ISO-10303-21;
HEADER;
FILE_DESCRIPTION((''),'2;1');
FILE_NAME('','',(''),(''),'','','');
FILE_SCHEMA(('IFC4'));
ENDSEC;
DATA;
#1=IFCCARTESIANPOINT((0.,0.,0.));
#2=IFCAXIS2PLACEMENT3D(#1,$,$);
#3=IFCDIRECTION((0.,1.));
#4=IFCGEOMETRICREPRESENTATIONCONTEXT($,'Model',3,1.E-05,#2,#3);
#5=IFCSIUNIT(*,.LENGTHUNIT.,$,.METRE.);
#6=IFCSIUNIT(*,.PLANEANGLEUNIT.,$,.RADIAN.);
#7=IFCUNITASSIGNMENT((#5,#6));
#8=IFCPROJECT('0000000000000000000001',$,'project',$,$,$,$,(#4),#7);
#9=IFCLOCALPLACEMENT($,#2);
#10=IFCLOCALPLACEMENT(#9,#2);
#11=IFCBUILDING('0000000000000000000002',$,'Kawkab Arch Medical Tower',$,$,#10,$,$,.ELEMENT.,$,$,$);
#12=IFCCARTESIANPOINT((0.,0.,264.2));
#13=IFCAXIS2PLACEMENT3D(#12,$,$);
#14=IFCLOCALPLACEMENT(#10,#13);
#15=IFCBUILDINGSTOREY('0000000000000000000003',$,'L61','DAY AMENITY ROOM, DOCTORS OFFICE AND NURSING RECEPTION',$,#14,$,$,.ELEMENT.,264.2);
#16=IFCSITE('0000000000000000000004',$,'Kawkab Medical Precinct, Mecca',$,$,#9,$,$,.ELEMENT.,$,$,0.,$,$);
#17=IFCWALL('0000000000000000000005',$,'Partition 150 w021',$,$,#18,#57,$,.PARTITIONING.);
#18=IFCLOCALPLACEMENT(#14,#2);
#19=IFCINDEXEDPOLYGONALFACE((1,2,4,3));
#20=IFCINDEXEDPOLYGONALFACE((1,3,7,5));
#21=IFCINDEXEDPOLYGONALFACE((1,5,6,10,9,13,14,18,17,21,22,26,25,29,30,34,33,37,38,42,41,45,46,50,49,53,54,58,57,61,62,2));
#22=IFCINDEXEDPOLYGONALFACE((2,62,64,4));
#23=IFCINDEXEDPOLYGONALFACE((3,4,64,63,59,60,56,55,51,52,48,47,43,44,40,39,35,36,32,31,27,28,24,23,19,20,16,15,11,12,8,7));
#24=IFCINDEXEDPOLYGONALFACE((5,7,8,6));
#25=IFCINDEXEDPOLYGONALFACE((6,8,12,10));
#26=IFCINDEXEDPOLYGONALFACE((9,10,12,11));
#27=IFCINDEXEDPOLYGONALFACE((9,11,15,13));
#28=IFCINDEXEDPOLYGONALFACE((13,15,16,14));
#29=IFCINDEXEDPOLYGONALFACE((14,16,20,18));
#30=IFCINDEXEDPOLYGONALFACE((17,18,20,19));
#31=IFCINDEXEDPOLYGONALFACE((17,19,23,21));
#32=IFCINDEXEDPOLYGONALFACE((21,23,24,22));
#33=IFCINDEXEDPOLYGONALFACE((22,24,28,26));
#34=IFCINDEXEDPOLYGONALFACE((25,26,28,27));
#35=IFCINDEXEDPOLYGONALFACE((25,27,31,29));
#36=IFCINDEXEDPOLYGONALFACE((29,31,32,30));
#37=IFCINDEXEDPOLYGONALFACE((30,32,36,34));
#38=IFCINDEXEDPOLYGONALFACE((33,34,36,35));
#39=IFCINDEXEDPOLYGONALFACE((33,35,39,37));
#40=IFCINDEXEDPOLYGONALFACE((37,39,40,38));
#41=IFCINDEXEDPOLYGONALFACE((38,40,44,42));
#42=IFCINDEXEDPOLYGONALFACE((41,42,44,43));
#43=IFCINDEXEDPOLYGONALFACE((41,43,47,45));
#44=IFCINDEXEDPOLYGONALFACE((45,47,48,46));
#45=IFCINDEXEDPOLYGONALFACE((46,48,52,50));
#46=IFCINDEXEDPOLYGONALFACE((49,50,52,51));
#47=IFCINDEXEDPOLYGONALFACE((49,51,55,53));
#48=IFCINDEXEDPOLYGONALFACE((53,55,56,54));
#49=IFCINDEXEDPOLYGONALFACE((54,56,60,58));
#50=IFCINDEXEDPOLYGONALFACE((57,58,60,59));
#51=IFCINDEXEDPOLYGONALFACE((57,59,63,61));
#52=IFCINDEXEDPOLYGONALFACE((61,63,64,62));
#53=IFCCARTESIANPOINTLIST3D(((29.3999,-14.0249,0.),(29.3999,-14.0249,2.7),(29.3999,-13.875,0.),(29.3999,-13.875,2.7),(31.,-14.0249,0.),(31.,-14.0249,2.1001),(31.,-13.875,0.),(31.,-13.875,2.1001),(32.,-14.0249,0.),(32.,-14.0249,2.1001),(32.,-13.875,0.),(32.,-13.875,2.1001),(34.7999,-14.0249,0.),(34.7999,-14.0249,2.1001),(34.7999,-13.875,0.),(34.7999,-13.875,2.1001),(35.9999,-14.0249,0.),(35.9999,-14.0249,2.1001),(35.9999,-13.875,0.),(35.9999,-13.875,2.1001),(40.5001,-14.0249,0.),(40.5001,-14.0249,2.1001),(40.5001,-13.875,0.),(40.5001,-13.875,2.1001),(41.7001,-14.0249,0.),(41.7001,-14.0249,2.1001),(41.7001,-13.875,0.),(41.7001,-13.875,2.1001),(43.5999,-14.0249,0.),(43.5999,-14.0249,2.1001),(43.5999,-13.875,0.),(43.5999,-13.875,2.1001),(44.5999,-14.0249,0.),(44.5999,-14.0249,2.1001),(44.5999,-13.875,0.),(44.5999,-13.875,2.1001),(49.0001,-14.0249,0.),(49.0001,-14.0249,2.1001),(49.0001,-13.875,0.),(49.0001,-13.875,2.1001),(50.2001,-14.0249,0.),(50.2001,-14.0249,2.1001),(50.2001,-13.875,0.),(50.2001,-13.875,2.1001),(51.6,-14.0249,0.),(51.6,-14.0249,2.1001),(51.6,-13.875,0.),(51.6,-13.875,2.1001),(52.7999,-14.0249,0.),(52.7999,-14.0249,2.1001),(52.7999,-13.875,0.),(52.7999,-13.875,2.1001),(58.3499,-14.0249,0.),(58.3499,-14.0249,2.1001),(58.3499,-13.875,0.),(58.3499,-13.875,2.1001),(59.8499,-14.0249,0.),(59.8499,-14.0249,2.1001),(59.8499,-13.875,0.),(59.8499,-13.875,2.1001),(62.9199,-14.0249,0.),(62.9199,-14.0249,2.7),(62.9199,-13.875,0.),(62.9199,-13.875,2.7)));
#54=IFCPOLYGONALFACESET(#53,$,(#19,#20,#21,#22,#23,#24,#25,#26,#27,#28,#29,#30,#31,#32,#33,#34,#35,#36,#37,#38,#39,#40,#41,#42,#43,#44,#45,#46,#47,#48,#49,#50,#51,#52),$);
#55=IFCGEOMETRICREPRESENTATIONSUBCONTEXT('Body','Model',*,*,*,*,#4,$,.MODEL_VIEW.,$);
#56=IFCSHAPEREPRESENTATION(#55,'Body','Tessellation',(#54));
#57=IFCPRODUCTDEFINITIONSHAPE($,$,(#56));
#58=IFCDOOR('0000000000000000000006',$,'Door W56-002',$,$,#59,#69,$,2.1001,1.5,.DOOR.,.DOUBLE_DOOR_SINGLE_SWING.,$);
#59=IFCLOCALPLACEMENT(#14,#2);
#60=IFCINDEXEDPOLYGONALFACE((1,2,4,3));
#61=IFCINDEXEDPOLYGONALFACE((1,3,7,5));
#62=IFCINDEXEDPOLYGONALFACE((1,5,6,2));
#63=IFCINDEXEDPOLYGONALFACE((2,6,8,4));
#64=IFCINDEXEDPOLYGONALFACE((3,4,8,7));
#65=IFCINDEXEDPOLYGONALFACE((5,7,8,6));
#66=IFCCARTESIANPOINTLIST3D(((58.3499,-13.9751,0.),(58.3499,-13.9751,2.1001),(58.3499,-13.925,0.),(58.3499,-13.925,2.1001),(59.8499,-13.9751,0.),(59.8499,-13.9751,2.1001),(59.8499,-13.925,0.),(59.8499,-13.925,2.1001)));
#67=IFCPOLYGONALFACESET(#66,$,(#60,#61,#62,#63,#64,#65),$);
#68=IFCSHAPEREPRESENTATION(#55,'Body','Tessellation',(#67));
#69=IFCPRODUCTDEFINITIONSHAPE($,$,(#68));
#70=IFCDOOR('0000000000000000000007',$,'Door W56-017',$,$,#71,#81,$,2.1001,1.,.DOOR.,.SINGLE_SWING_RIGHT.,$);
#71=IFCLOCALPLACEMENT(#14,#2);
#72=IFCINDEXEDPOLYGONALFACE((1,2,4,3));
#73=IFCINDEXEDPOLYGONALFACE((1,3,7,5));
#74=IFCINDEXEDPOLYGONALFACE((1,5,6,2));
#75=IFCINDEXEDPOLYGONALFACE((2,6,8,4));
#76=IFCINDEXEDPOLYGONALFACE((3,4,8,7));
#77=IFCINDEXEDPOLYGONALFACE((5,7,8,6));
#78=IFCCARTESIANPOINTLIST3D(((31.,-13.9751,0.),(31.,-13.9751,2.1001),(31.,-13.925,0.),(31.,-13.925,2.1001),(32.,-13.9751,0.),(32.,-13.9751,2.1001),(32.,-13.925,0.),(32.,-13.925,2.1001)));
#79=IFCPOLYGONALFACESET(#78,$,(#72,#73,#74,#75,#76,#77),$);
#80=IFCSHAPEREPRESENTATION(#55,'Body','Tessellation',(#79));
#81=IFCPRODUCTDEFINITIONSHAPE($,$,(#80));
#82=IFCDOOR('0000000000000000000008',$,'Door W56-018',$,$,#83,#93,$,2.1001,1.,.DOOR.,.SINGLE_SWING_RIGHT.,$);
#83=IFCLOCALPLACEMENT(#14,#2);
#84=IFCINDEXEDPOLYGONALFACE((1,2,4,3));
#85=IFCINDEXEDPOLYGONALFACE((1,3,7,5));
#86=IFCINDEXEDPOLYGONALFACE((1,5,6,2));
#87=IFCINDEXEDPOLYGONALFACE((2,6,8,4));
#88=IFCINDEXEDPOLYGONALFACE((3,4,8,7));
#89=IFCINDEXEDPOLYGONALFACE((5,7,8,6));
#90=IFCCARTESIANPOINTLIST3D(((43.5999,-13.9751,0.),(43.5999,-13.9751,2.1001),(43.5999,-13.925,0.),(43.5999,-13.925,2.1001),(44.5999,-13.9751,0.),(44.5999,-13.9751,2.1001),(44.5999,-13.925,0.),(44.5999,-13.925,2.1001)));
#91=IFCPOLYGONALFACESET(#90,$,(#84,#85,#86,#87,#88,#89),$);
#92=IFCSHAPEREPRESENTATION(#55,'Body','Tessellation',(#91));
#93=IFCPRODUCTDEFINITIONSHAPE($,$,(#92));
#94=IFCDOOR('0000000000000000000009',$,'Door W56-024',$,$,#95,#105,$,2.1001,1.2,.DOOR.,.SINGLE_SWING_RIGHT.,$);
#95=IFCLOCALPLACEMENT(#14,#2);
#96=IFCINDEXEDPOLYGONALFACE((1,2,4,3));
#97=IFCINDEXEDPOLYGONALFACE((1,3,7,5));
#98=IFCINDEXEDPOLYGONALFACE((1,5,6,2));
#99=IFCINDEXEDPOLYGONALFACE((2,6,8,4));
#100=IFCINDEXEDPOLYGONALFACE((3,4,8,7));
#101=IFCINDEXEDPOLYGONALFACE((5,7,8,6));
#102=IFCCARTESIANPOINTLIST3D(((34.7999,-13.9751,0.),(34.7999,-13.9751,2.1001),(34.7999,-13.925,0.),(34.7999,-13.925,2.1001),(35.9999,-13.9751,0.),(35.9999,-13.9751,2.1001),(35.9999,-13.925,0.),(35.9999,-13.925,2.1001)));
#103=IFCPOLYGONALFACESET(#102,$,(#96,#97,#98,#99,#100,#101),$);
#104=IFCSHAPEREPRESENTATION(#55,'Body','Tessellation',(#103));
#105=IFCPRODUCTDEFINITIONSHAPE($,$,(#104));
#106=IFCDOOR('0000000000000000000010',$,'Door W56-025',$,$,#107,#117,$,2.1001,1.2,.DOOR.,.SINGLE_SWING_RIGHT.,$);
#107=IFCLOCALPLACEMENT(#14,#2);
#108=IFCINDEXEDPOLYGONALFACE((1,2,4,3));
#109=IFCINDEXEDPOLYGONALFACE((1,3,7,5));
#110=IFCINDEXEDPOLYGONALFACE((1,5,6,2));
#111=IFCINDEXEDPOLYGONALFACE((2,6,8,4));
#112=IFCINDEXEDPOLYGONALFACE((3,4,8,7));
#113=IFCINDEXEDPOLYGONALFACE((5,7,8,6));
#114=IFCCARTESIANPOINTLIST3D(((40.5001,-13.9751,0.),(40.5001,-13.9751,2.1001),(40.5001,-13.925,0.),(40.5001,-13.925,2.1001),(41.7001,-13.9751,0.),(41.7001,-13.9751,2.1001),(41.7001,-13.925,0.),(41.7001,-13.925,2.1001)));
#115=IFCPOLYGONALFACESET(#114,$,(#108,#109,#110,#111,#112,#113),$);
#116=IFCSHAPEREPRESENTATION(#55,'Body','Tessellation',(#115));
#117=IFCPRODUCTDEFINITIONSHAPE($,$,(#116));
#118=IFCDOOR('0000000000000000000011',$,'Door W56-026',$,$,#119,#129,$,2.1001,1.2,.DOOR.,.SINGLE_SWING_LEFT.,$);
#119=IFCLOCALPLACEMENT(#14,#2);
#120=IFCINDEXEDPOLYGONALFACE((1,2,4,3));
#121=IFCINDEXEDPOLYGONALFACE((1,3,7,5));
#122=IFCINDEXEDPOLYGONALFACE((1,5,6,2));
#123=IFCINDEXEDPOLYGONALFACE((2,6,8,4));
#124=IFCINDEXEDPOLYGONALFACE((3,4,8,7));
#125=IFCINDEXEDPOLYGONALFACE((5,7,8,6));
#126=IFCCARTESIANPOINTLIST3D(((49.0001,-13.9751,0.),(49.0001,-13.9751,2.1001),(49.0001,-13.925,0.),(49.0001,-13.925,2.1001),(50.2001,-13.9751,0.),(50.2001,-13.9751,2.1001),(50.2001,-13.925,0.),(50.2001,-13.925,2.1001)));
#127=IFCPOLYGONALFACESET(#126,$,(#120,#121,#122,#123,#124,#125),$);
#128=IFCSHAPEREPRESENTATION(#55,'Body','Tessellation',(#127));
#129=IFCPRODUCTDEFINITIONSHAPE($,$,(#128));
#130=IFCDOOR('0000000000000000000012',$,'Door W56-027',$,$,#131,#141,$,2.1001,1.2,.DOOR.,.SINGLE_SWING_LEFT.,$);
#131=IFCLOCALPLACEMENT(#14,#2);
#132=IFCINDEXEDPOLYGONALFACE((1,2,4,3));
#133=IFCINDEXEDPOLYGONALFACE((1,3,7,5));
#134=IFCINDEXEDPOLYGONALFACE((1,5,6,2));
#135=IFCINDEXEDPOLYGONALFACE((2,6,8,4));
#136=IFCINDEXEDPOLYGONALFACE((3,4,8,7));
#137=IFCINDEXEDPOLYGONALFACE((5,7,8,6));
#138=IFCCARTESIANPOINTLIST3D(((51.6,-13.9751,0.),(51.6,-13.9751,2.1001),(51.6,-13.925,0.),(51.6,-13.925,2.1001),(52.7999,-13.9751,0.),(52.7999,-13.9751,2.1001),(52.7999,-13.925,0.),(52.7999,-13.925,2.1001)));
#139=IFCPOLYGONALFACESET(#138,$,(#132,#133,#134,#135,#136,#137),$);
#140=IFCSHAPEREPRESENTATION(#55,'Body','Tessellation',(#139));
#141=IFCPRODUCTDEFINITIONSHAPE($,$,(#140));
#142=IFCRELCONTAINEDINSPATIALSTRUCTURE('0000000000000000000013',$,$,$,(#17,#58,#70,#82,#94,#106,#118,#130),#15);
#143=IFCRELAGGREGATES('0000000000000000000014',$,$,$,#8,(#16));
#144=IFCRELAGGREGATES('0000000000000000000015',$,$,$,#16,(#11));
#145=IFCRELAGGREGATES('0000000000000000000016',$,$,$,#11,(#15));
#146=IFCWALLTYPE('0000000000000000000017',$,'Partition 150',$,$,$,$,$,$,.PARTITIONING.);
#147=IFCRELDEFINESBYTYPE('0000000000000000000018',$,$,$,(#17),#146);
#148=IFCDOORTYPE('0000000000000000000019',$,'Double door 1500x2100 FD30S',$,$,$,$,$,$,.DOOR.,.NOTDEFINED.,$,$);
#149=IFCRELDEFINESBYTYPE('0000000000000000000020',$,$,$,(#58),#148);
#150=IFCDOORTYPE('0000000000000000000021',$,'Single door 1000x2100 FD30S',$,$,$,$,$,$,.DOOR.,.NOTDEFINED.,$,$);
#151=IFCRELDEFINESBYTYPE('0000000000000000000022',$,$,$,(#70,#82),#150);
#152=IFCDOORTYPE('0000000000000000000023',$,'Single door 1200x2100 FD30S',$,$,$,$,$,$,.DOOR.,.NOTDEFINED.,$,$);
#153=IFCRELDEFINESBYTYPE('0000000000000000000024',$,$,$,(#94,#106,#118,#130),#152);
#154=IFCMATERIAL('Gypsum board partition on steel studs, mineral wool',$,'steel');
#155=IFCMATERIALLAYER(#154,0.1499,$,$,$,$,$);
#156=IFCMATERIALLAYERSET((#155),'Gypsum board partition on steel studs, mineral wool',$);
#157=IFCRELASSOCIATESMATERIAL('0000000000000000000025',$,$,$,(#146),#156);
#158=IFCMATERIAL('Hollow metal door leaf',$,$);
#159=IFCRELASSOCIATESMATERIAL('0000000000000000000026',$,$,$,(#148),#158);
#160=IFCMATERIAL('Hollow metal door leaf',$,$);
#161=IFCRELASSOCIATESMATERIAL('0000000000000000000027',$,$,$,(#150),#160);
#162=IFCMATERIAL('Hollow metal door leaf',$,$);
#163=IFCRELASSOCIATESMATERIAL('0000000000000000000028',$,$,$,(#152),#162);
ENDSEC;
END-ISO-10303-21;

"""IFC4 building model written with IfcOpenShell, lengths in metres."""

from ifc_helpers import new_model, si_unit, direction, frame, frame_2d, origin, place, context, subcontext, project, spatial, rectangle, extrude, material, layer, layer_set, type_object, element, fill, save


model = new_model("IFC4")

# Units and contexts
model_context = context("Model", 3, precision=1e-05, world=origin(), true_north=direction((0.0, 1.0)))
body_context = subcontext(model_context, "Body", "Model", "MODEL_VIEW")
ifc_project = project(units=[si_unit("LENGTHUNIT", "METRE"), si_unit("PLANEANGLEUNIT", "RADIAN")], contexts=[model_context])

# Site, building, storey
site_placement = place(None, origin())
site = spatial("IfcSite", under=ifc_project, at=site_placement, Name="Kawkab Medical Precinct, Mecca", CompositionType="ELEMENT", RefElevation=0.0)
building_placement = place(site_placement, origin())
building = spatial("IfcBuilding", under=site, at=building_placement, Name="Kawkab Arch Medical Tower", CompositionType="ELEMENT")
storey_placement = place(building_placement, frame((0.0, 0.0, 264.2)))
storey = spatial("IfcBuildingStorey", under=building, at=storey_placement, Name="L61", Description="DAY AMENITY ROOM, DOCTORS OFFICE AND NURSING RECEPTION", CompositionType="ELEMENT", Elevation=264.2)

# Wall, openings, doors
ifc_material_1 = material(Name="Gypsum board partition on steel studs, mineral wool", Category="steel")
ifc_layer_1 = layer(ifc_material_1, 0.1499)
ifc_layer_set_1 = layer_set([ifc_layer_1], Name="Gypsum board partition on steel studs, mineral wool")
wall_type = type_object("IfcWallType", Name="Partition 150", PredefinedType="PARTITIONING", material=ifc_layer_set_1)
wall_1_placement = place(storey_placement, frame((29.3999, -13.95, 0.0), z_axis=(0.0, 0.0, 1.0), x_axis=(1.0, 0.0, 0.0)))
wall_1 = element("IfcWall", 1, at=wall_1_placement, inside=storey, type_object=wall_type, Name="Partition 150 w021", PredefinedType="PARTITIONING", context=body_context, shape_type="SweptSolid", body=[
    extrude(rectangle(XDim=33.52, YDim=0.1499, at=frame_2d((16.76, 0.0))), origin(), (0.0, 0.0, 1.0), 2.7),
])
opening_1_placement = place(wall_1_placement, frame((1.6001, 0.0, 0.0)))
opening_1 = element("IfcOpeningElement", 2, at=opening_1_placement, cuts=wall_1, PredefinedType="OPENING", context=body_context, shape_type="SweptSolid", body=[
    extrude(rectangle(XDim=1.0, YDim=2.1001, at=frame_2d((0.5, 1.05))), frame((0.0, 0.085, 0.0), z_axis=(0.0, -1.0, 0.0), x_axis=(1.0, 0.0, 0.0)), (0.0, 0.0, 1.0), 0.1699),
])
opening_2_placement = place(wall_1_placement, frame((5.3999, 0.0, 0.0)))
opening_2 = element("IfcOpeningElement", 3, at=opening_2_placement, cuts=wall_1, PredefinedType="OPENING", context=body_context, shape_type="SweptSolid", body=[
    extrude(rectangle(XDim=1.2, YDim=2.1001, at=frame_2d((0.6001, 1.05))), frame((0.0, 0.085, 0.0), z_axis=(0.0, -1.0, 0.0), x_axis=(1.0, 0.0, 0.0)), (0.0, 0.0, 1.0), 0.1699),
])
opening_3_placement = place(wall_1_placement, frame((11.1001, 0.0, 0.0)))
opening_3 = element("IfcOpeningElement", 4, at=opening_3_placement, cuts=wall_1, PredefinedType="OPENING", context=body_context, shape_type="SweptSolid", body=[
    extrude(rectangle(XDim=1.2, YDim=2.1001, at=frame_2d((0.6001, 1.05))), frame((0.0, 0.085, 0.0), z_axis=(0.0, -1.0, 0.0), x_axis=(1.0, 0.0, 0.0)), (0.0, 0.0, 1.0), 0.1699),
])
opening_4_placement = place(wall_1_placement, frame((14.2, 0.0, 0.0)))
opening_4 = element("IfcOpeningElement", 5, at=opening_4_placement, cuts=wall_1, PredefinedType="OPENING", context=body_context, shape_type="SweptSolid", body=[
    extrude(rectangle(XDim=1.0, YDim=2.1001, at=frame_2d((0.5, 1.05))), frame((0.0, 0.085, 0.0), z_axis=(0.0, -1.0, 0.0), x_axis=(1.0, 0.0, 0.0)), (0.0, 0.0, 1.0), 0.1699),
])
opening_5_placement = place(wall_1_placement, frame((19.6001, 0.0, 0.0)))
opening_5 = element("IfcOpeningElement", 6, at=opening_5_placement, cuts=wall_1, PredefinedType="OPENING", context=body_context, shape_type="SweptSolid", body=[
    extrude(rectangle(XDim=1.2, YDim=2.1001, at=frame_2d((0.6001, 1.05))), frame((0.0, 0.085, 0.0), z_axis=(0.0, -1.0, 0.0), x_axis=(1.0, 0.0, 0.0)), (0.0, 0.0, 1.0), 0.1699),
])
opening_6_placement = place(wall_1_placement, frame((22.2, 0.0, 0.0)))
opening_6 = element("IfcOpeningElement", 7, at=opening_6_placement, cuts=wall_1, PredefinedType="OPENING", context=body_context, shape_type="SweptSolid", body=[
    extrude(rectangle(XDim=1.2, YDim=2.1001, at=frame_2d((0.6001, 1.05))), frame((0.0, 0.085, 0.0), z_axis=(0.0, -1.0, 0.0), x_axis=(1.0, 0.0, 0.0)), (0.0, 0.0, 1.0), 0.1699),
])
opening_7_placement = place(wall_1_placement, frame((28.95, 0.0, 0.0)))
opening_7 = element("IfcOpeningElement", 8, at=opening_7_placement, cuts=wall_1, PredefinedType="OPENING", context=body_context, shape_type="SweptSolid", body=[
    extrude(rectangle(XDim=1.5, YDim=2.1001, at=frame_2d((0.75, 1.05))), frame((0.0, 0.085, 0.0), z_axis=(0.0, -1.0, 0.0), x_axis=(1.0, 0.0, 0.0)), (0.0, 0.0, 1.0), 0.1699),
])
ifc_material_2 = material(Name="Hollow metal door leaf")
door_type_1 = type_object("IfcDoorType", Name="Double door 1500x2100 FD30S", OperationType="NOTDEFINED", PredefinedType="DOOR", material=ifc_material_2)
door_1_placement = place(opening_7_placement, origin())
door_1 = element("IfcDoor", 9, at=door_1_placement, inside=storey, type_object=door_type_1, Name="Door W56-002", OperationType="DOUBLE_DOOR_SINGLE_SWING", OverallHeight=2.1001, OverallWidth=1.5, PredefinedType="DOOR", context=body_context, shape_type="SweptSolid", body=[
    extrude(rectangle(XDim=1.5, YDim=2.1001, at=frame_2d((0.75, 1.05))), frame((0.0, 0.0249, 0.0), z_axis=(0.0, -1.0, 0.0), x_axis=(1.0, 0.0, 0.0)), (0.0, 0.0, 1.0), 0.05),
])
fill(opening_7, door_1)
ifc_material_3 = material(Name="Hollow metal door leaf")
door_type_2 = type_object("IfcDoorType", Name="Single door 1000x2100 FD30S", OperationType="NOTDEFINED", PredefinedType="DOOR", material=ifc_material_3)
door_2_placement = place(opening_1_placement, origin())
door_2 = element("IfcDoor", 10, at=door_2_placement, inside=storey, type_object=door_type_2, Name="Door W56-017", OperationType="SINGLE_SWING_RIGHT", OverallHeight=2.1001, OverallWidth=1.0, PredefinedType="DOOR", context=body_context, shape_type="SweptSolid", body=[
    extrude(rectangle(XDim=1.0, YDim=2.1001, at=frame_2d((0.5, 1.05))), frame((0.0, 0.0249, 0.0), z_axis=(0.0, -1.0, 0.0), x_axis=(1.0, 0.0, 0.0)), (0.0, 0.0, 1.0), 0.05),
])
fill(opening_1, door_2)
door_3_placement = place(opening_4_placement, origin())
door_3 = element("IfcDoor", 11, at=door_3_placement, inside=storey, type_object=door_type_2, Name="Door W56-018", OperationType="SINGLE_SWING_RIGHT", OverallHeight=2.1001, OverallWidth=1.0, PredefinedType="DOOR", context=body_context, shape_type="SweptSolid", body=[
    extrude(rectangle(XDim=1.0, YDim=2.1001, at=frame_2d((0.5, 1.05))), frame((0.0, 0.0249, 0.0), z_axis=(0.0, -1.0, 0.0), x_axis=(1.0, 0.0, 0.0)), (0.0, 0.0, 1.0), 0.05),
])
fill(opening_4, door_3)
ifc_material_4 = material(Name="Hollow metal door leaf")
door_type_3 = type_object("IfcDoorType", Name="Single door 1200x2100 FD30S", OperationType="NOTDEFINED", PredefinedType="DOOR", material=ifc_material_4)
door_4_placement = place(opening_2_placement, origin())
door_4 = element("IfcDoor", 12, at=door_4_placement, inside=storey, type_object=door_type_3, Name="Door W56-024", OperationType="SINGLE_SWING_RIGHT", OverallHeight=2.1001, OverallWidth=1.2, PredefinedType="DOOR", context=body_context, shape_type="SweptSolid", body=[
    extrude(rectangle(XDim=1.2, YDim=2.1001, at=frame_2d((0.6001, 1.05))), frame((0.0, 0.0249, 0.0), z_axis=(0.0, -1.0, 0.0), x_axis=(1.0, 0.0, 0.0)), (0.0, 0.0, 1.0), 0.05),
])
fill(opening_2, door_4)
door_5_placement = place(opening_3_placement, origin())
door_5 = element("IfcDoor", 13, at=door_5_placement, inside=storey, type_object=door_type_3, Name="Door W56-025", OperationType="SINGLE_SWING_RIGHT", OverallHeight=2.1001, OverallWidth=1.2, PredefinedType="DOOR", context=body_context, shape_type="SweptSolid", body=[
    extrude(rectangle(XDim=1.2, YDim=2.1001, at=frame_2d((0.6001, 1.05))), frame((0.0, 0.0249, 0.0), z_axis=(0.0, -1.0, 0.0), x_axis=(1.0, 0.0, 0.0)), (0.0, 0.0, 1.0), 0.05),
])
fill(opening_3, door_5)
door_6_placement = place(opening_5_placement, origin())
door_6 = element("IfcDoor", 14, at=door_6_placement, inside=storey, type_object=door_type_3, Name="Door W56-026", OperationType="SINGLE_SWING_LEFT", OverallHeight=2.1001, OverallWidth=1.2, PredefinedType="DOOR", context=body_context, shape_type="SweptSolid", body=[
    extrude(rectangle(XDim=1.2, YDim=2.1001, at=frame_2d((0.6001, 1.05))), frame((0.0, 0.0249, 0.0), z_axis=(0.0, -1.0, 0.0), x_axis=(1.0, 0.0, 0.0)), (0.0, 0.0, 1.0), 0.05),
])
fill(opening_5, door_6)
door_7_placement = place(opening_6_placement, origin())
door_7 = element("IfcDoor", 15, at=door_7_placement, inside=storey, type_object=door_type_3, Name="Door W56-027", OperationType="SINGLE_SWING_LEFT", OverallHeight=2.1001, OverallWidth=1.2, PredefinedType="DOOR", context=body_context, shape_type="SweptSolid", body=[
    extrude(rectangle(XDim=1.2, YDim=2.1001, at=frame_2d((0.6001, 1.05))), frame((0.0, 0.0249, 0.0), z_axis=(0.0, -1.0, 0.0), x_axis=(1.0, 0.0, 0.0)), (0.0, 0.0, 1.0), 0.05),
])
fill(opening_6, door_7)

save(model, "model.ifc")
